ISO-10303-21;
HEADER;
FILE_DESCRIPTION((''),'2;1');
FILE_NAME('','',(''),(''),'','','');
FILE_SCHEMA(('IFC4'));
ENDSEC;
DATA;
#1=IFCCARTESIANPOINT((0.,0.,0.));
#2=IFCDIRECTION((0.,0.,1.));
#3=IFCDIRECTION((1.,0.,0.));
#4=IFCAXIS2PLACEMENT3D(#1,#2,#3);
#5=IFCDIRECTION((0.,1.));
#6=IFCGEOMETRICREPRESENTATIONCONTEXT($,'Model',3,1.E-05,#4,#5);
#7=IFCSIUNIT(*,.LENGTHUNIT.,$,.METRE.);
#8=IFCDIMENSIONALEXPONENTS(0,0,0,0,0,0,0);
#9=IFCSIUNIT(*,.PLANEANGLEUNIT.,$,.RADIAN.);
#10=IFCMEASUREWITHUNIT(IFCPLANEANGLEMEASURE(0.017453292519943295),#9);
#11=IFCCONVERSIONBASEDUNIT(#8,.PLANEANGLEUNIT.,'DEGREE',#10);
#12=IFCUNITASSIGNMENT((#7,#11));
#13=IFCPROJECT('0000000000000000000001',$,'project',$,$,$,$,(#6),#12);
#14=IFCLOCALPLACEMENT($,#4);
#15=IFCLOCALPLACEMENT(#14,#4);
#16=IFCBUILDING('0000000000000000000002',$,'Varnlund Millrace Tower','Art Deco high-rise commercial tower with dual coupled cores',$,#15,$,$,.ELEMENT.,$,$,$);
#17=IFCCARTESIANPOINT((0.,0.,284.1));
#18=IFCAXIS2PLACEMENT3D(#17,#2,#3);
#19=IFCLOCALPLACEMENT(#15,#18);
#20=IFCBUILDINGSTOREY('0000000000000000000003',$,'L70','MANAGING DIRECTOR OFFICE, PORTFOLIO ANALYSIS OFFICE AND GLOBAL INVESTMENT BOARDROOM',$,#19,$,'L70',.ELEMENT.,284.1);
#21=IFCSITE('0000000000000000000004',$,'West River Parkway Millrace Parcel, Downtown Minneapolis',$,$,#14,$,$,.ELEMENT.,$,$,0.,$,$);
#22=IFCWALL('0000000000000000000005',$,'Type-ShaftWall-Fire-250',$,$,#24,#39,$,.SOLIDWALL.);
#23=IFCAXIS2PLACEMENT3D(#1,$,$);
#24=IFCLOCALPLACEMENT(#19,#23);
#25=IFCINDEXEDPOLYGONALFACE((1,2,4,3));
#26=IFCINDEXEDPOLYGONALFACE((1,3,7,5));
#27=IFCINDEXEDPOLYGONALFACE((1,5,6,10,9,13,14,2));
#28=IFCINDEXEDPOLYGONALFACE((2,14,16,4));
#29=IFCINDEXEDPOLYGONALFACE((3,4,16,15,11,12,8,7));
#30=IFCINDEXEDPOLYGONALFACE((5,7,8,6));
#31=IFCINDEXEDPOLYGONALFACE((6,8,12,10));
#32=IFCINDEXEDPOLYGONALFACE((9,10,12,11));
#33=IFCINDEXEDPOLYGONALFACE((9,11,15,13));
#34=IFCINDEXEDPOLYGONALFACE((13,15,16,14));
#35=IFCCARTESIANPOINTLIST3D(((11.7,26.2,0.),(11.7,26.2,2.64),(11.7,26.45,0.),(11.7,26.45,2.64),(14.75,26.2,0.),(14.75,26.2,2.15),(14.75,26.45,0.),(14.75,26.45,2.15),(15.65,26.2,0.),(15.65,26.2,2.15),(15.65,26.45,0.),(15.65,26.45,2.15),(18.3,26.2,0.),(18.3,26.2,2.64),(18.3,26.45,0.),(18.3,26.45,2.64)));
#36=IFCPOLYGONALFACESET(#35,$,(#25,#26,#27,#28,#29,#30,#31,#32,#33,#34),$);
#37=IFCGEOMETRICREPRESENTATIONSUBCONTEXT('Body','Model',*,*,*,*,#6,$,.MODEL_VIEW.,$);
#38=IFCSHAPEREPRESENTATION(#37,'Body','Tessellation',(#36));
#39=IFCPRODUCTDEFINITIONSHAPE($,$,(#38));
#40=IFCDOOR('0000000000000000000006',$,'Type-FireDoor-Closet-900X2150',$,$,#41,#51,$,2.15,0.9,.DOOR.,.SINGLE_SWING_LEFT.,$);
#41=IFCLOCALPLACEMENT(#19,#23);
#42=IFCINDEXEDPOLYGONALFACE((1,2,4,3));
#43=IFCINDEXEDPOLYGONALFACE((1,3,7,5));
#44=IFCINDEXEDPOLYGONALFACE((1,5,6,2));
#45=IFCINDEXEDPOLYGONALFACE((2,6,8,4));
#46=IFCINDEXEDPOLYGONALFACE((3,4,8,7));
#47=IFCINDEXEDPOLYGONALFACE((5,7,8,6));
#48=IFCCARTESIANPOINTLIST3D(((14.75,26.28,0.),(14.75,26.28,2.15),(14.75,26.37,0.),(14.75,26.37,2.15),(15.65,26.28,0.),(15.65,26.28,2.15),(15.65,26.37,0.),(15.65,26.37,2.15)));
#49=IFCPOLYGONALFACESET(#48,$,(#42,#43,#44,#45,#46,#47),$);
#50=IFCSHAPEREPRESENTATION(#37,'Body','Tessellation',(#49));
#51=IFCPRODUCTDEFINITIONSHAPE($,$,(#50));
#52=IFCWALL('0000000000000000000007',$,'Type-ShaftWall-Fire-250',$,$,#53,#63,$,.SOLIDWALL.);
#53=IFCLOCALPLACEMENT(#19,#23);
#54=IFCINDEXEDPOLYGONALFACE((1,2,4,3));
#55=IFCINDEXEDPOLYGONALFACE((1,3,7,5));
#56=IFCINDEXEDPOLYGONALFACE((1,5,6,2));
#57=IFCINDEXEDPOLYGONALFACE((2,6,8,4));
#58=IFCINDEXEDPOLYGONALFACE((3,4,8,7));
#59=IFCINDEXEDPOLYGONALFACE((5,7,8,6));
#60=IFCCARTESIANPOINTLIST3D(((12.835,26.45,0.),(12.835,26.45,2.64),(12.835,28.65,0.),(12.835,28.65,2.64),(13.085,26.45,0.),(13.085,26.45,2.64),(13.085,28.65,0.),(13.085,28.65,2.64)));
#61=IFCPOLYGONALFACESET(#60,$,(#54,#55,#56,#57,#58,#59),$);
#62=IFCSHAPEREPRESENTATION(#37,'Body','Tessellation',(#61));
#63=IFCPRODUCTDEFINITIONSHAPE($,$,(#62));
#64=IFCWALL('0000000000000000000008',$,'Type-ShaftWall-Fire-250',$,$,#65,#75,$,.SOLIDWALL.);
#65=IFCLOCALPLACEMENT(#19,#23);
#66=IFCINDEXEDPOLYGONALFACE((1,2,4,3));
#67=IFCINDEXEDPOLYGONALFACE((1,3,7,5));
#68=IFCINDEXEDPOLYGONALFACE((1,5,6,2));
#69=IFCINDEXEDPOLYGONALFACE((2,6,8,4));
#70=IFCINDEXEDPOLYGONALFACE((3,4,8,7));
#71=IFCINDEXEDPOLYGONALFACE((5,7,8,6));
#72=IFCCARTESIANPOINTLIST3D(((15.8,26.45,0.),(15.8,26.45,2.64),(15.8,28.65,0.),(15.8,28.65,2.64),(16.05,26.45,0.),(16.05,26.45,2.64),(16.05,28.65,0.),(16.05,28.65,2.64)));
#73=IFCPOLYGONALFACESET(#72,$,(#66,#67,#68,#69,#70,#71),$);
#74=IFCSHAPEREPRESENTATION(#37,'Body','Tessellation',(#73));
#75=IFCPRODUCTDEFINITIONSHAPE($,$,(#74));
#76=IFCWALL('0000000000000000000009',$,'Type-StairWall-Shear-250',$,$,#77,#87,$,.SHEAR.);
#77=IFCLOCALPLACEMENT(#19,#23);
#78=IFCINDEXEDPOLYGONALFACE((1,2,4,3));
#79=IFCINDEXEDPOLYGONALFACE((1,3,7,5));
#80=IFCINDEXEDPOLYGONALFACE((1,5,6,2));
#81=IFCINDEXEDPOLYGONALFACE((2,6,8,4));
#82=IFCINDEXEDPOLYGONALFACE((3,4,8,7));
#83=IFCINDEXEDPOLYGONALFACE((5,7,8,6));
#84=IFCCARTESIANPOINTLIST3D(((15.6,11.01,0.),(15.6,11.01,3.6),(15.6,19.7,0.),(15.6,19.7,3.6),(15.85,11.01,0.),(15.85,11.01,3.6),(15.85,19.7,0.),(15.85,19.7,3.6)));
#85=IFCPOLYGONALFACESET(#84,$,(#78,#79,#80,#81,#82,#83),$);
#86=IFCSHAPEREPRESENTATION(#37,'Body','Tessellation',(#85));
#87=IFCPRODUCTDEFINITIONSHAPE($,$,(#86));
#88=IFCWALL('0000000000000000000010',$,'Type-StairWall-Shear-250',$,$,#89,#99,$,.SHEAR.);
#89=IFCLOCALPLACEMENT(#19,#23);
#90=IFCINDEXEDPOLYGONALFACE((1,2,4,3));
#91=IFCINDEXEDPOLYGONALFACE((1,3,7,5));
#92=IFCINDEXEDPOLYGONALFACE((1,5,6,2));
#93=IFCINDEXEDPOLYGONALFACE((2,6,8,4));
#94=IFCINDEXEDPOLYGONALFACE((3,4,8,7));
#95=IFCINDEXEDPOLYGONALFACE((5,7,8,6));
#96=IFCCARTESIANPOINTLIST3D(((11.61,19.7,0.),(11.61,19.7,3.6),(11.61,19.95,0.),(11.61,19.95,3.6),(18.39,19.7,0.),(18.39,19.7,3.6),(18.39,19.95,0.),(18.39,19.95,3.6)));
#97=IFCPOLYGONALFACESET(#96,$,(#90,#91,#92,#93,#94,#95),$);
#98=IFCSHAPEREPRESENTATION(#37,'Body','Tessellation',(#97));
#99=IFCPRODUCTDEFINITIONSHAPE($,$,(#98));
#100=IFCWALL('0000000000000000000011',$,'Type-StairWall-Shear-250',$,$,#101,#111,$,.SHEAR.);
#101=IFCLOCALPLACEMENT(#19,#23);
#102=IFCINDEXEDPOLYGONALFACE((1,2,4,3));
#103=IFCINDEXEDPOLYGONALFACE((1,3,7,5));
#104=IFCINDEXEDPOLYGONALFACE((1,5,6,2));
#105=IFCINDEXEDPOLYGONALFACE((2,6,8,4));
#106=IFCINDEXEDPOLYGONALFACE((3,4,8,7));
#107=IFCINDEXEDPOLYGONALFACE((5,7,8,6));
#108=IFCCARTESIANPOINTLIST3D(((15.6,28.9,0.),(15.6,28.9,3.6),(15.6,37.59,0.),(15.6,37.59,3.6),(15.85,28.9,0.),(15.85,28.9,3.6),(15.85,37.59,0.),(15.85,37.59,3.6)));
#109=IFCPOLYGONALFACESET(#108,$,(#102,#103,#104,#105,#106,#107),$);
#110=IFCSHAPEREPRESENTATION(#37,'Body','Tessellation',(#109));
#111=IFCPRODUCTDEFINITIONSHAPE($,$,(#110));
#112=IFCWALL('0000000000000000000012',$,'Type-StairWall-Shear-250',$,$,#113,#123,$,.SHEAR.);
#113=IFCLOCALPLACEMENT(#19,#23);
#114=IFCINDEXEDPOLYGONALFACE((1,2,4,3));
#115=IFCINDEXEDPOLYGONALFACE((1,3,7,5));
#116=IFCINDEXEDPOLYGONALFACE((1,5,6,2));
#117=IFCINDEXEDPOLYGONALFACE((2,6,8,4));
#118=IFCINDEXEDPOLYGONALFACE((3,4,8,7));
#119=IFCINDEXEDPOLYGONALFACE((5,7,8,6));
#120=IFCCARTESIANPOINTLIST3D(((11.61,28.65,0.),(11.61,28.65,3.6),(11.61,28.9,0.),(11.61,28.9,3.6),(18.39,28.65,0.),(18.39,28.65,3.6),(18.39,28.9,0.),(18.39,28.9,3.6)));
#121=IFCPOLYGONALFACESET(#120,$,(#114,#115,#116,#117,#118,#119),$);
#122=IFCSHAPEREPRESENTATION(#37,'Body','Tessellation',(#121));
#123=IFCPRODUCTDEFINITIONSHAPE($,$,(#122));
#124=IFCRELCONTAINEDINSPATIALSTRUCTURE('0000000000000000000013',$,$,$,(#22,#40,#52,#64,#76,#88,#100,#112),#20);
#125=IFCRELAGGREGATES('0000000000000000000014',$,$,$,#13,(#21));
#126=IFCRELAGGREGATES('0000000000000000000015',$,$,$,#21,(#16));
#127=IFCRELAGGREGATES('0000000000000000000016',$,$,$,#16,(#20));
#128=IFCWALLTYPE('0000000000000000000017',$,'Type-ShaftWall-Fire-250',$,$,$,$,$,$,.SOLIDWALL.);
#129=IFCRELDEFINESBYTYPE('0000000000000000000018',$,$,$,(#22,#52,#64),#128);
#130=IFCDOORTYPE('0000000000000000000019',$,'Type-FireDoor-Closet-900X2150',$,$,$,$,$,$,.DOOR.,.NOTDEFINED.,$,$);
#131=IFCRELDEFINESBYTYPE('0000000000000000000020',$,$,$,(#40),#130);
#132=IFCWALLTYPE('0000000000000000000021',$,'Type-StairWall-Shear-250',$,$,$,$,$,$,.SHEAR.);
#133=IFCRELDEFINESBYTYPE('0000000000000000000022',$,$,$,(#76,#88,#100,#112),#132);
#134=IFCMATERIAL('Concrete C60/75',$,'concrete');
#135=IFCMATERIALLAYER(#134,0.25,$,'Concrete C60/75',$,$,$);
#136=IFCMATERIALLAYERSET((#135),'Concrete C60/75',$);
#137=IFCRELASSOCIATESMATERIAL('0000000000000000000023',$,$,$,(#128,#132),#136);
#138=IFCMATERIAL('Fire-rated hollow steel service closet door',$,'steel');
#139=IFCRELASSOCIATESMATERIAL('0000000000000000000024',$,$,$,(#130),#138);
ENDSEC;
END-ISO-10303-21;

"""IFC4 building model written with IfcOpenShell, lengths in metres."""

from ifc_helpers import new_model, entity, si_unit, converted_unit, direction, frame, origin_with_axes, origin_2d_with_axis, place, context, subcontext, project, spatial, polyline, rectangle, outline, extrude, material, layer, layer_set, type_object, element, fill, save


model = new_model("IFC4")

# Units and contexts
model_context = context("Model", 3, precision=1e-05, world=origin_with_axes(), true_north=direction((0.0, 1.0)))
body_context = subcontext(model_context, "Body", "Model", "MODEL_VIEW")
ifc_project = project(units=[si_unit("LENGTHUNIT", "METRE"), converted_unit("PLANEANGLEUNIT", "DEGREE", entity("IfcPlaneAngleMeasure", 0.017453292519943295), si_unit("PLANEANGLEUNIT", "RADIAN"), dimensions=[0, 0, 0, 0, 0, 0, 0])], contexts=[model_context])

# Site, building, storey
site_placement = place(None, origin_with_axes())
site = spatial("IfcSite", under=ifc_project, at=site_placement, Name="West River Parkway Millrace Parcel, Downtown Minneapolis", CompositionType="ELEMENT", RefElevation=0.0)
building_placement = place(site_placement, origin_with_axes())
building = spatial("IfcBuilding", under=site, at=building_placement, Name="Varnlund Millrace Tower", Description="Art Deco high-rise commercial tower with dual coupled cores", CompositionType="ELEMENT")
storey_placement = place(building_placement, frame((0.0, 0.0, 284.1), z_axis=(0.0, 0.0, 1.0), x_axis=(1.0, 0.0, 0.0)))
storey = spatial("IfcBuildingStorey", under=building, at=storey_placement, Name="L70", Description="MANAGING DIRECTOR OFFICE, PORTFOLIO ANALYSIS OFFICE AND GLOBAL INVESTMENT BOARDROOM", LongName="L70", CompositionType="ELEMENT", Elevation=284.1)

# Shared definitions
ifc_material_1 = material(Name="Concrete C60/75", Category="concrete")

# Shared definitions
ifc_layer_1 = layer(ifc_material_1, 0.25, Name="Concrete C60/75")
ifc_layer_set_1 = layer_set([ifc_layer_1], Name="Concrete C60/75")
wall_type_1 = type_object("IfcWallType", Name="Type-ShaftWall-Fire-250", PredefinedType="SOLIDWALL", material=ifc_layer_set_1)

# Wall, opening, door
ifc_material_2 = material(Name="Fire-rated hollow steel service closet door", Category="steel")
door_type_1 = type_object("IfcDoorType", Name="Type-FireDoor-Closet-900X2150", OperationType="NOTDEFINED", PredefinedType="DOOR", material=ifc_material_2)
wall_1_placement = place(storey_placement, frame((11.7, 26.325, 0.0), z_axis=(0.0, 0.0, 1.0), x_axis=(1.0, 0.0, 0.0)))
wall_1 = element("IfcWall", 1, at=wall_1_placement, inside=storey, type_object=wall_type_1, Name="Type-ShaftWall-Fire-250", PredefinedType="SOLIDWALL", context=body_context, shape_type="SweptSolid", body=[
    extrude(outline(polyline([(0.0, -0.125), (6.6, -0.125), (6.6, 0.125), (0.0, 0.125), (0.0, -0.125)])), origin_with_axes(), (0.0, 0.0, 1.0), 2.64),
])
opening_1_placement = place(wall_1_placement, frame((3.5, 0.0, 0.0), z_axis=(0.0, 0.0, 1.0), x_axis=(1.0, 0.0, 0.0)))
opening_1 = element("IfcOpeningElement", 2, at=opening_1_placement, cuts=wall_1, PredefinedType="OPENING", context=body_context, shape_type="SweptSolid", body=[
    extrude(rectangle(XDim=0.9, YDim=0.27, at=origin_2d_with_axis()), origin_with_axes(), (0.0, 0.0, 1.0), 2.15),
])
door_1_placement = place(wall_1_placement, frame((3.5, 0.0, 0.0), z_axis=(0.0, 0.0, 1.0), x_axis=(1.0, 0.0, 0.0)))
door_1 = element("IfcDoor", 3, at=door_1_placement, inside=storey, type_object=door_type_1, Name="Type-FireDoor-Closet-900X2150", OperationType="SINGLE_SWING_LEFT", OverallHeight=2.15, OverallWidth=0.9, PredefinedType="DOOR", context=body_context, shape_type="SweptSolid", body=[
    extrude(rectangle(XDim=0.9, YDim=0.09, at=origin_2d_with_axis()), origin_with_axes(), (0.0, 0.0, 1.0), 2.15),
])
fill(opening_1, door_1)

# Walls
for number, where, z_axis, x_axis, name in (
    (4, (12.96, 26.45, 0.0), (0.0, 0.0, 1.0), (0.0, 1.0, 0.0), "Type-ShaftWall-Fire-250"),
    (5, (15.925, 26.45, 0.0), (0.0, 0.0, 1.0), (0.0, 1.0, 0.0), "Type-ShaftWall-Fire-250"),
):
    element("IfcWall", number, at=place(storey_placement, frame(where, z_axis=z_axis, x_axis=x_axis)), inside=storey, type_object=wall_type_1, Name=name, PredefinedType="SOLIDWALL", context=body_context, shape_type="SweptSolid", body=[
        extrude(outline(polyline([(0.0, -0.125), (2.2, -0.125), (2.2, 0.125), (0.0, 0.125), (0.0, -0.125)])), origin_with_axes(), (0.0, 0.0, 1.0), 2.64),
    ])
wall_type_2 = type_object("IfcWallType", Name="Type-StairWall-Shear-250", PredefinedType="SHEAR", material=ifc_layer_set_1)
wall_2_placement = place(storey_placement, frame((15.725, 11.01, 0.0), z_axis=(0.0, 0.0, 1.0), x_axis=(0.0, 1.0, 0.0)))
element("IfcWall", 6, at=wall_2_placement, inside=storey, type_object=wall_type_2, Name="Type-StairWall-Shear-250", PredefinedType="SHEAR", context=body_context, shape_type="SweptSolid", body=[
    extrude(outline(polyline([(0.0, -0.125), (8.69, -0.125), (8.69, 0.125), (0.0, 0.125), (0.0, -0.125)])), origin_with_axes(), (0.0, 0.0, 1.0), 3.6),
])
wall_3_placement = place(storey_placement, frame((11.61, 19.825, 0.0), z_axis=(0.0, 0.0, 1.0), x_axis=(1.0, 0.0, 0.0)))
element("IfcWall", 7, at=wall_3_placement, inside=storey, type_object=wall_type_2, Name="Type-StairWall-Shear-250", PredefinedType="SHEAR", context=body_context, shape_type="SweptSolid", body=[
    extrude(outline(polyline([(0.0, -0.125), (6.78, -0.125), (6.78, 0.125), (0.0, 0.125), (0.0, -0.125)])), origin_with_axes(), (0.0, 0.0, 1.0), 3.6),
])
wall_4_placement = place(storey_placement, frame((15.725, 28.9, 0.0), z_axis=(0.0, 0.0, 1.0), x_axis=(0.0, 1.0, 0.0)))
element("IfcWall", 8, at=wall_4_placement, inside=storey, type_object=wall_type_2, Name="Type-StairWall-Shear-250", PredefinedType="SHEAR", context=body_context, shape_type="SweptSolid", body=[
    extrude(outline(polyline([(0.0, -0.125), (8.69, -0.125), (8.69, 0.125), (0.0, 0.125), (0.0, -0.125)])), origin_with_axes(), (0.0, 0.0, 1.0), 3.6),
])
wall_5_placement = place(storey_placement, frame((11.61, 28.775, 0.0), z_axis=(0.0, 0.0, 1.0), x_axis=(1.0, 0.0, 0.0)))
element("IfcWall", 9, at=wall_5_placement, inside=storey, type_object=wall_type_2, Name="Type-StairWall-Shear-250", PredefinedType="SHEAR", context=body_context, shape_type="SweptSolid", body=[
    extrude(outline(polyline([(0.0, -0.125), (6.78, -0.125), (6.78, 0.125), (0.0, 0.125), (0.0, -0.125)])), origin_with_axes(), (0.0, 0.0, 1.0), 3.6),
])

save(model, "model.ifc")
